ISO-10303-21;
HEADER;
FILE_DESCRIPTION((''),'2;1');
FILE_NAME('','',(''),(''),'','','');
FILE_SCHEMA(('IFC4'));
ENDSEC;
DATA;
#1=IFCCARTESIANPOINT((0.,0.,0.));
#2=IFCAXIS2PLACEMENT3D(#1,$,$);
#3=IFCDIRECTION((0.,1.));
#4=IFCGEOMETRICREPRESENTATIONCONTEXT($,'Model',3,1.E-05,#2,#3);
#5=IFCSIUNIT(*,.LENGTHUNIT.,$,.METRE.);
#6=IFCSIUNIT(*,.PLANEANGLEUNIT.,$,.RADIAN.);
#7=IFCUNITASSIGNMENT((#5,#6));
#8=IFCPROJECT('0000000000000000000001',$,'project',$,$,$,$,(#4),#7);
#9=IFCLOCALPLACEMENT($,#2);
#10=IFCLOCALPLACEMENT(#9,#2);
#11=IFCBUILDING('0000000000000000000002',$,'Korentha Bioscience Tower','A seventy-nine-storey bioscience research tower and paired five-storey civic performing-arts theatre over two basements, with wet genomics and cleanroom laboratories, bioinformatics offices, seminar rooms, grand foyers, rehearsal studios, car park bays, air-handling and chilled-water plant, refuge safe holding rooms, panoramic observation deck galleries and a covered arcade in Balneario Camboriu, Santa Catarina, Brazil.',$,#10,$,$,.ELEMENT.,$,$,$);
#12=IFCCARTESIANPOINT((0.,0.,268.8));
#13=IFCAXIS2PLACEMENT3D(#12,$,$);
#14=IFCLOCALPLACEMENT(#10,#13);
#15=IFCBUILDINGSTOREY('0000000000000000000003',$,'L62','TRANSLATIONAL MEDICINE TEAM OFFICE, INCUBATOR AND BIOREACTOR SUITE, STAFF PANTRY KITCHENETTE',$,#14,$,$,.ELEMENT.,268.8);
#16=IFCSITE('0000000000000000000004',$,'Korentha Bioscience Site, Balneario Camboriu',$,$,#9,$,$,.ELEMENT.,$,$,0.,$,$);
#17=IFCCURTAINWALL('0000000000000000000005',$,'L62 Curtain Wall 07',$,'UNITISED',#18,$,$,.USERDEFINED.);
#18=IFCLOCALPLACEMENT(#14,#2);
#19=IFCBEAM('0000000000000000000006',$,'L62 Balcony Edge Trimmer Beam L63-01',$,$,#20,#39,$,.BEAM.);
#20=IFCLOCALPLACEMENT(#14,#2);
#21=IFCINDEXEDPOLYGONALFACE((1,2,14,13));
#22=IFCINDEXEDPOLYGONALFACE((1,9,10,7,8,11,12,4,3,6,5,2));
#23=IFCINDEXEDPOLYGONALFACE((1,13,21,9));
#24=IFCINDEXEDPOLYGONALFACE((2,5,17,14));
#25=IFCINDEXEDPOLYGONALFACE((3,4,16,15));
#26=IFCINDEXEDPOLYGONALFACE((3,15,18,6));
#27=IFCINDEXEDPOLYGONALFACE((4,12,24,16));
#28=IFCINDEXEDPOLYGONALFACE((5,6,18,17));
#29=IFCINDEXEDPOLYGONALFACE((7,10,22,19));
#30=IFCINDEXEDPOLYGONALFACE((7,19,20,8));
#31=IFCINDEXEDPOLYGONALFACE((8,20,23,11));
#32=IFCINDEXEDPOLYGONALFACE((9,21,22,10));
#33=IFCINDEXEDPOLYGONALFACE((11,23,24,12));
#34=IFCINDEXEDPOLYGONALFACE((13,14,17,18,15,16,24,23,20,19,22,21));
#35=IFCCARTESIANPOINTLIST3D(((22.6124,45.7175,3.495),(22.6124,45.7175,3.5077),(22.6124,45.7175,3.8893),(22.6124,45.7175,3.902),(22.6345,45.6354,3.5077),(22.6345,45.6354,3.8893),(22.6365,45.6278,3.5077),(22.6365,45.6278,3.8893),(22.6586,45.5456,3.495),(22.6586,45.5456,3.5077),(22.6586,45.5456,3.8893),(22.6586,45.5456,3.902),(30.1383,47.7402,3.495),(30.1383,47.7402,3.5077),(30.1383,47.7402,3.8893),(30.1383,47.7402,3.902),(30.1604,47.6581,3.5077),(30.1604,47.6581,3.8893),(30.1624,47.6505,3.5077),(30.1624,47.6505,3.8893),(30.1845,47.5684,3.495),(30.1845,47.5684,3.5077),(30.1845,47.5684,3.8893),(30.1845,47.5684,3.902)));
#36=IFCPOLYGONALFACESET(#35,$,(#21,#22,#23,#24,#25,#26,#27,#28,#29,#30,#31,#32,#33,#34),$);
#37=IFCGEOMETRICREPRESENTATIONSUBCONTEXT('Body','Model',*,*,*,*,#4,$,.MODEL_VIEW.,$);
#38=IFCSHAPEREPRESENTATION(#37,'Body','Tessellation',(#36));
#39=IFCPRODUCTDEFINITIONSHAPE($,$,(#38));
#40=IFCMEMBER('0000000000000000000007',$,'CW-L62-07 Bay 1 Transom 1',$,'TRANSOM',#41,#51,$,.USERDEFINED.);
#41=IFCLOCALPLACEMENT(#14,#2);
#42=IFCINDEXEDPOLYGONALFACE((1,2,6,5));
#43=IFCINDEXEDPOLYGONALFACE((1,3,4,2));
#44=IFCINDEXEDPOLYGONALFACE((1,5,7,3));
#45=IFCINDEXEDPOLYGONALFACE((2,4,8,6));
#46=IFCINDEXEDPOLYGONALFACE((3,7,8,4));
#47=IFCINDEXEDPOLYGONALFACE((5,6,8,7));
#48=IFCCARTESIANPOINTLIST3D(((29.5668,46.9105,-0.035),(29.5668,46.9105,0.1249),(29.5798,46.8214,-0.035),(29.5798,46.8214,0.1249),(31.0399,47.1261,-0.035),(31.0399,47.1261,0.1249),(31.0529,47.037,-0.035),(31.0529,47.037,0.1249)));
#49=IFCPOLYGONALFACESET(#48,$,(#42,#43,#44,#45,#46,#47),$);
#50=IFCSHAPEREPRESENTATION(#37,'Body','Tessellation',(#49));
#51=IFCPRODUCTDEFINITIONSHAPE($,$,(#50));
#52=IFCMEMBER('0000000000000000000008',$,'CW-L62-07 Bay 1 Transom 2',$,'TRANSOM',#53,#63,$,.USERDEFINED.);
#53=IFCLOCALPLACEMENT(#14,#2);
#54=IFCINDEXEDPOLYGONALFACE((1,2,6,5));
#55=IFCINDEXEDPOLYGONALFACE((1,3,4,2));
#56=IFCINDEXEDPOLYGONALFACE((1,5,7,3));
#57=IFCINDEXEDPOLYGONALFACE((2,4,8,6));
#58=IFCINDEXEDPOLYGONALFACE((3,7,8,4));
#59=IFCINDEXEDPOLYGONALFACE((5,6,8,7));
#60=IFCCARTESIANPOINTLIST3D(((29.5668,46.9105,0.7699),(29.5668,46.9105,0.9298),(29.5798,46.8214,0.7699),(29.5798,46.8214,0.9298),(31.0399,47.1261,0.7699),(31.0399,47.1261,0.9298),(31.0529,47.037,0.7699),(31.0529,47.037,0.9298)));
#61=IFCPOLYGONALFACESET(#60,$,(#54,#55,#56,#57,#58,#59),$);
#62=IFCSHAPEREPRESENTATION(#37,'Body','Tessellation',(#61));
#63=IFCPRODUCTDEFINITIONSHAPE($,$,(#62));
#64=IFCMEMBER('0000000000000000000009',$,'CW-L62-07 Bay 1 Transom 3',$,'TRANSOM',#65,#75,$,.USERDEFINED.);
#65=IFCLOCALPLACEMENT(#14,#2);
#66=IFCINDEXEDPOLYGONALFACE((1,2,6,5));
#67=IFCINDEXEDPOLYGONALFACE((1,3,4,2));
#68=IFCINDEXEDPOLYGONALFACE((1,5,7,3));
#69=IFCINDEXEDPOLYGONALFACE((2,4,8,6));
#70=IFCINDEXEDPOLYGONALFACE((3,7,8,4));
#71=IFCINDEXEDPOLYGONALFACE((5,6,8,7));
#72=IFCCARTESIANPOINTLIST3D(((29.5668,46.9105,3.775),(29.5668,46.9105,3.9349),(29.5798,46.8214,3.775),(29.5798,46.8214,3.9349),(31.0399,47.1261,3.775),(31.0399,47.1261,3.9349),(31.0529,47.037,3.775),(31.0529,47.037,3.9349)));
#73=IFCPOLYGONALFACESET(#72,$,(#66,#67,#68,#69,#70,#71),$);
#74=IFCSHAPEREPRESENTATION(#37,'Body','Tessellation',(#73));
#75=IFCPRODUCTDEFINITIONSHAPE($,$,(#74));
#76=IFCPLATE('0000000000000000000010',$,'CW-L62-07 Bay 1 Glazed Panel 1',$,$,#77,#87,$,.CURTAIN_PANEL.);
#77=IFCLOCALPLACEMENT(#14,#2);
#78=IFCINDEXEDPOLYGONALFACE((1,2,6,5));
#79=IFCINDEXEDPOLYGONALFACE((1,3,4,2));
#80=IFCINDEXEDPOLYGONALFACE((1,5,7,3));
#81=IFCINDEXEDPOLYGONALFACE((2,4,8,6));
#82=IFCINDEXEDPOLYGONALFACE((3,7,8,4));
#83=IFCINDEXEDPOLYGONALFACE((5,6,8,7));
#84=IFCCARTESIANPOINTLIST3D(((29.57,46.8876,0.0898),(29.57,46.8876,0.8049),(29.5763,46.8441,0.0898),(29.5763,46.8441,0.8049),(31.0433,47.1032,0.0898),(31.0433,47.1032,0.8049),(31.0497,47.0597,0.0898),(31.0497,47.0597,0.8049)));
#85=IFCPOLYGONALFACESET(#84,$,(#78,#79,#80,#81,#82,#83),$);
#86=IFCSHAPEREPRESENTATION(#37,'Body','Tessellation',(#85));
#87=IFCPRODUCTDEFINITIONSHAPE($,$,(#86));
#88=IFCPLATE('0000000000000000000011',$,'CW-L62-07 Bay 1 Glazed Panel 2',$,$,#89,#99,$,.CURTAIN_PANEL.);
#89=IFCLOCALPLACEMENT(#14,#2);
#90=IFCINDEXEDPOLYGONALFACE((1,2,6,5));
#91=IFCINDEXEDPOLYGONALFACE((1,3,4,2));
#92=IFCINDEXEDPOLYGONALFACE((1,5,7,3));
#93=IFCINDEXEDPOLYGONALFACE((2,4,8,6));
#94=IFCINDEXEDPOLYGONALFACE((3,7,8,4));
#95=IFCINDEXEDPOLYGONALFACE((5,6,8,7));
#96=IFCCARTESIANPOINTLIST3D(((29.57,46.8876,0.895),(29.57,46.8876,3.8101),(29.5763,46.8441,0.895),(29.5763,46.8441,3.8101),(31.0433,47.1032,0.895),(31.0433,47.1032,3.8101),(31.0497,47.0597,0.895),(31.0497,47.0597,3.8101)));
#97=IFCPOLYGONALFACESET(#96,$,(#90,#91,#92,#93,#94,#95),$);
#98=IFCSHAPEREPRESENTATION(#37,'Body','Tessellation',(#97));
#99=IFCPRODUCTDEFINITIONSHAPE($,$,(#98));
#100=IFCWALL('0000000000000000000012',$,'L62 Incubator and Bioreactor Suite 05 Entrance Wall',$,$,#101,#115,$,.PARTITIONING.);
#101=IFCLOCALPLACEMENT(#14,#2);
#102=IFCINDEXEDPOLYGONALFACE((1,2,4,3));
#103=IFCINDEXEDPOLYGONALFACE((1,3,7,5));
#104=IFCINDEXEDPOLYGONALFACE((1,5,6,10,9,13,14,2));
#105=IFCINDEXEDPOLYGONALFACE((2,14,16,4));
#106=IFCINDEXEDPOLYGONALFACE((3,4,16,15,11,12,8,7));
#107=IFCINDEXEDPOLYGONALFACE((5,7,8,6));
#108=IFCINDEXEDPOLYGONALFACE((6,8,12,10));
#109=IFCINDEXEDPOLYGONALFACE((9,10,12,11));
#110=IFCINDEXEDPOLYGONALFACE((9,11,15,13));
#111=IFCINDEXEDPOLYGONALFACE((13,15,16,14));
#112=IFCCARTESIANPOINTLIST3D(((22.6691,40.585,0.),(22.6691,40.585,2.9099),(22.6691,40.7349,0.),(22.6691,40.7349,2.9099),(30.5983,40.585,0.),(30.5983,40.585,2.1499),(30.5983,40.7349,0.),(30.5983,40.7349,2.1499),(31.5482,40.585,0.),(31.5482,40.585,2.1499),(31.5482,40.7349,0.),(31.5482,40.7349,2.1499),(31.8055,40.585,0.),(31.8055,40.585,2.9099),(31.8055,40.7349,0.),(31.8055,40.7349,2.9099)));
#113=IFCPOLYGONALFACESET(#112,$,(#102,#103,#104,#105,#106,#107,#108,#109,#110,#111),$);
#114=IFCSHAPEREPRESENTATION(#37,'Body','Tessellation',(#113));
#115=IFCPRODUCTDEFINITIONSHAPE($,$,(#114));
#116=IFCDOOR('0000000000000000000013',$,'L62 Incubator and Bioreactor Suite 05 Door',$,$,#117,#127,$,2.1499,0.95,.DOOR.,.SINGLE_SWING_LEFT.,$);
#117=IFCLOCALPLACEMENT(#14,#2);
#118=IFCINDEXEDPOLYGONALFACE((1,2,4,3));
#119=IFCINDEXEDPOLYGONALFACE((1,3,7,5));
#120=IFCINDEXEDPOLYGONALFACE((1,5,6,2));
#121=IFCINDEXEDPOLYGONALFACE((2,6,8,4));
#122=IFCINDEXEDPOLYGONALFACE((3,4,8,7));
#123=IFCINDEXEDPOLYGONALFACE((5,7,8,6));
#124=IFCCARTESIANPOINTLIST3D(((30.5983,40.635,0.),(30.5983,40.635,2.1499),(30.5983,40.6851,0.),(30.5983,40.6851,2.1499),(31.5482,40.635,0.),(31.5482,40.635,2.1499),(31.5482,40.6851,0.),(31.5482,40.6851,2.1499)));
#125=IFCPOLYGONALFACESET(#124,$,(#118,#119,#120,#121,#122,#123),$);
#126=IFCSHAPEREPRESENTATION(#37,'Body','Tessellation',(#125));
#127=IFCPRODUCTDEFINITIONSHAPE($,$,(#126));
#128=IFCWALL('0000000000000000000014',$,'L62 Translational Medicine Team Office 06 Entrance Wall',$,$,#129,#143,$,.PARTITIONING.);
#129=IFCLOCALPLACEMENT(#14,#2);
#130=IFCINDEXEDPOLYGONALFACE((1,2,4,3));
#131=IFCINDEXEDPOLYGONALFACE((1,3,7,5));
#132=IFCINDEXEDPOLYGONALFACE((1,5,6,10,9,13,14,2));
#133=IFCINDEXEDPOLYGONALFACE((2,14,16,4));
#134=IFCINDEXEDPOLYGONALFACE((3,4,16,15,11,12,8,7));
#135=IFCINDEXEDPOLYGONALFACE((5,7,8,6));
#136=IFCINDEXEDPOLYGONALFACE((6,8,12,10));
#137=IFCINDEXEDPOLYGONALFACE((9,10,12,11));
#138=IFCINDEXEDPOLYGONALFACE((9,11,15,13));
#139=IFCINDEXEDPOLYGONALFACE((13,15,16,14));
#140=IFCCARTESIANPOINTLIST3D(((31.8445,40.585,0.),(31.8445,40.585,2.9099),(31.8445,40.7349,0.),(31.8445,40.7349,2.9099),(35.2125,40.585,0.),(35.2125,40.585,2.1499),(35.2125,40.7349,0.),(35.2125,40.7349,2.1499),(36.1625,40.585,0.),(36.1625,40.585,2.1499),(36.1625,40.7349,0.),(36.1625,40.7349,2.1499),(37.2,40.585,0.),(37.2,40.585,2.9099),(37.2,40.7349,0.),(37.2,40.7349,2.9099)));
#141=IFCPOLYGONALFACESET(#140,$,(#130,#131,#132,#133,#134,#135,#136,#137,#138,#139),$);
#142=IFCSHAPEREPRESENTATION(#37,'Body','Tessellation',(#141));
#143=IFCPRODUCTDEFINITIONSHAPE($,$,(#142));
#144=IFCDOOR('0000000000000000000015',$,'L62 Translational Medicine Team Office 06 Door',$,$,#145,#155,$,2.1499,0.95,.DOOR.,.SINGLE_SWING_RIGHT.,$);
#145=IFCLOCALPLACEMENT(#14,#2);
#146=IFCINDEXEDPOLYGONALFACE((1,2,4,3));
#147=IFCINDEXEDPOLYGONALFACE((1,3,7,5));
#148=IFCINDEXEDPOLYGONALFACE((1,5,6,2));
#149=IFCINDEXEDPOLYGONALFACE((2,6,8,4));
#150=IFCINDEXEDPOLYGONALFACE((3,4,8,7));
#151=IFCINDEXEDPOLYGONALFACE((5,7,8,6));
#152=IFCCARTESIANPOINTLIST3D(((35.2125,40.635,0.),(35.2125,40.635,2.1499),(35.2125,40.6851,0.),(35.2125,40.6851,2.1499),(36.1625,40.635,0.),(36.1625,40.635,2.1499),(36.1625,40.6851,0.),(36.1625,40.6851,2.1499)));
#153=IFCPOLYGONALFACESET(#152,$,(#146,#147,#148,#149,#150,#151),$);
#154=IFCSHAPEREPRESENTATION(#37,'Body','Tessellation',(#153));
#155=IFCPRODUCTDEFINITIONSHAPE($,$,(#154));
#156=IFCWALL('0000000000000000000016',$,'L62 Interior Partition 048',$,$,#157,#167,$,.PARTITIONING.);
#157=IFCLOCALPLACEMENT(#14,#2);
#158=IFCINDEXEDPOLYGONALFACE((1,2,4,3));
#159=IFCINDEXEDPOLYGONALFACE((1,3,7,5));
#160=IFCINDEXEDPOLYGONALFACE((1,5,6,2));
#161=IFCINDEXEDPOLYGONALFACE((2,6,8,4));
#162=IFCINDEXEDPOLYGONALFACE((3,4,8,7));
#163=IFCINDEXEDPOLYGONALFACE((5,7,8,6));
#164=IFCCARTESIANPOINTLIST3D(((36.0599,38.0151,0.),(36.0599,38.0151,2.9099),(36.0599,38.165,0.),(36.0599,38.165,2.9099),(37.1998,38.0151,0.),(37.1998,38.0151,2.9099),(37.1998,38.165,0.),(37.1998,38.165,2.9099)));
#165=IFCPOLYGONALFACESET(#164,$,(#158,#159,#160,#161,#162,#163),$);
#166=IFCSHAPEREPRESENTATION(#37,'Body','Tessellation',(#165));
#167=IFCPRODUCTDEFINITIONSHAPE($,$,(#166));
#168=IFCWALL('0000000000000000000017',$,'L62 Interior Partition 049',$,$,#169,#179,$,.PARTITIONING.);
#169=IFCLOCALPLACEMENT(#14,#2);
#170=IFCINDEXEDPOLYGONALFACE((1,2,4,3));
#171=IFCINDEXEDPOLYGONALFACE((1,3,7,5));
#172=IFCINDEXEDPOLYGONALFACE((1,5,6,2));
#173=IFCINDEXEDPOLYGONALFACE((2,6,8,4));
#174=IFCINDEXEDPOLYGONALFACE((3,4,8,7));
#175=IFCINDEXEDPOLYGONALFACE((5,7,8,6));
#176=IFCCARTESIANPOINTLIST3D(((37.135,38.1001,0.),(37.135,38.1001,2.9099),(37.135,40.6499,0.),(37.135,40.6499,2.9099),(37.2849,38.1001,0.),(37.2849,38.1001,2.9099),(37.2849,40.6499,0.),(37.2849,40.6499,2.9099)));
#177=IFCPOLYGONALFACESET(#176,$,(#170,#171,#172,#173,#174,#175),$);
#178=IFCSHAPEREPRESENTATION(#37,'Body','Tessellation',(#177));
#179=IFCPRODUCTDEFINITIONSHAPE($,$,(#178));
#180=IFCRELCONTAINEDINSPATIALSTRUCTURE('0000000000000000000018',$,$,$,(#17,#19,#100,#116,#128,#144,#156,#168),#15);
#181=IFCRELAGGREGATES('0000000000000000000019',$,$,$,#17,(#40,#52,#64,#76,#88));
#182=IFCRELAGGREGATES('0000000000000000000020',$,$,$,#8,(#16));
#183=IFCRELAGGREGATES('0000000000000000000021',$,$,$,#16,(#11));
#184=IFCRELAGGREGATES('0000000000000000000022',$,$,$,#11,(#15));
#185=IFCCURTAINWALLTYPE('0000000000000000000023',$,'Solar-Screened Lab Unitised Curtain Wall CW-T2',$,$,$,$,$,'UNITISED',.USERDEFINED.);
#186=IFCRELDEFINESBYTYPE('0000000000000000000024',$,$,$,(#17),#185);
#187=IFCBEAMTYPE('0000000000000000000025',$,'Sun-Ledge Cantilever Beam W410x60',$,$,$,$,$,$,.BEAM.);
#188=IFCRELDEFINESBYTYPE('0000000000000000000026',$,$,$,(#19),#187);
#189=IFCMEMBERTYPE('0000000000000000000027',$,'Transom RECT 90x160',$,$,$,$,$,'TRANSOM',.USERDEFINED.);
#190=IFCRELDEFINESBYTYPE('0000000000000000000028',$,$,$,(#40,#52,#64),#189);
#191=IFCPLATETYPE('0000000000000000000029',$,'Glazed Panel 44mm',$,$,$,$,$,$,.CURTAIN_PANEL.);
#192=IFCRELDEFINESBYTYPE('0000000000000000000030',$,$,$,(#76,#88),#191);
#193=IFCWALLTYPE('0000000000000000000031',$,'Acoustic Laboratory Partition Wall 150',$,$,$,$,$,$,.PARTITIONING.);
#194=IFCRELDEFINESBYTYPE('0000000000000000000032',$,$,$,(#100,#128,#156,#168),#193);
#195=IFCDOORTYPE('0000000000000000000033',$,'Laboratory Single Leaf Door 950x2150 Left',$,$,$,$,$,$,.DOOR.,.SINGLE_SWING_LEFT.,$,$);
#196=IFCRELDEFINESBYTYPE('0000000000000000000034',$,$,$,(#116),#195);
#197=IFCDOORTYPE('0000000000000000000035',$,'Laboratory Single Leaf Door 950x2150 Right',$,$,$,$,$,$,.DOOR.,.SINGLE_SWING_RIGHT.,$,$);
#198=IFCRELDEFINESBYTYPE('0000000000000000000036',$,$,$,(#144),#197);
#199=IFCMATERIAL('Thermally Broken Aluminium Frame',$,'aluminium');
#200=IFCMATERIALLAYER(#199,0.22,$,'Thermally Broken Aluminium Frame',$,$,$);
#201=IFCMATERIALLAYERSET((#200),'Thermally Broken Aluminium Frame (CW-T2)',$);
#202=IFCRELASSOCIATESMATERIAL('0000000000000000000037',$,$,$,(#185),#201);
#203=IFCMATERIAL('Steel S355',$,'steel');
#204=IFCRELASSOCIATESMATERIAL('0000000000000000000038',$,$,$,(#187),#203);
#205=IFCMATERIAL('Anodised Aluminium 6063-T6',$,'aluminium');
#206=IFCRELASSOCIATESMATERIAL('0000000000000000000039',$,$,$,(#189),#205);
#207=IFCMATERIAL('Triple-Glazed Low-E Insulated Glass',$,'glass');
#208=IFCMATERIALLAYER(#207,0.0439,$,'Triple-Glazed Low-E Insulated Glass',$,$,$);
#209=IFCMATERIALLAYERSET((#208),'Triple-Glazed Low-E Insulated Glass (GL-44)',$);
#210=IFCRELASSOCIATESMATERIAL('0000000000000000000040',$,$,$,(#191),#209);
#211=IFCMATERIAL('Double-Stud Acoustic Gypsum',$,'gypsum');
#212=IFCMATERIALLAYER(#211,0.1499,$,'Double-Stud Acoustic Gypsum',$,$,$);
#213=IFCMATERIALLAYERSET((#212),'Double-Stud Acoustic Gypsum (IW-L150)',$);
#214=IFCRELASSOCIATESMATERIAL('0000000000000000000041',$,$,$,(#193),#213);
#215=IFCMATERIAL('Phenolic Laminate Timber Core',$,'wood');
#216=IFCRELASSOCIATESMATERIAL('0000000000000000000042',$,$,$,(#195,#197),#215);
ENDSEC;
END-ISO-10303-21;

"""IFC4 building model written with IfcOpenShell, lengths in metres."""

from ifc_helpers import new_model, si_unit, direction, frame, frame_2d, origin, origin_2d, place, context, subcontext, project, spatial, rectangle, i_section, extrude, material, layer, layer_set, material_profile, profile_set, type_object, element, fill, aggregate, save


model = new_model("IFC4")

# Units and contexts
model_context = context("Model", 3, precision=1e-05, world=origin(), true_north=direction((0.0, 1.0)))
body_context = subcontext(model_context, "Body", "Model", "MODEL_VIEW")
ifc_project = project(units=[si_unit("LENGTHUNIT", "METRE"), si_unit("PLANEANGLEUNIT", "RADIAN")], contexts=[model_context])

# Site, building, storey
site_placement = place(None, origin())
site = spatial("IfcSite", under=ifc_project, at=site_placement, Name="Korentha Bioscience Site, Balneario Camboriu", CompositionType="ELEMENT", RefElevation=0.0)
building_placement = place(site_placement, origin())
building = spatial("IfcBuilding", under=site, at=building_placement, Name="Korentha Bioscience Tower", Description="A seventy-nine-storey bioscience research tower and paired five-storey civic performing-arts theatre over two basements, with wet genomics and cleanroom laboratories, bioinformatics offices, seminar rooms, grand foyers, rehearsal studios, car park bays, air-handling and chilled-water plant, refuge safe holding rooms, panoramic observation deck galleries and a covered arcade in Balneario Camboriu, Santa Catarina, Brazil.", CompositionType="ELEMENT")
storey_placement = place(building_placement, frame((0.0, 0.0, 268.8)))
storey = spatial("IfcBuildingStorey", under=building, at=storey_placement, Name="L62", Description="TRANSLATIONAL MEDICINE TEAM OFFICE, INCUBATOR AND BIOREACTOR SUITE, STAFF PANTRY KITCHENETTE", CompositionType="ELEMENT", Elevation=268.8)

# Shared definitions
ifc_material_1 = material(Name="Steel S355", Category="steel")

# Curtain wall
ifc_material_2 = material(Name="Thermally Broken Aluminium Frame", Category="aluminium")
ifc_layer_1 = layer(ifc_material_2, 0.22, Name="Thermally Broken Aluminium Frame")
ifc_layer_set_1 = layer_set([ifc_layer_1], Name="Thermally Broken Aluminium Frame (CW-T2)")
curtain_wall_type = type_object("IfcCurtainWallType", Name="Solar-Screened Lab Unitised Curtain Wall CW-T2", ElementType="UNITISED", PredefinedType="USERDEFINED", material=ifc_layer_set_1)
curtain_wall_placement = place(storey_placement, origin())
curtain_wall = element("IfcCurtainWall", 1, at=curtain_wall_placement, inside=storey, type_object=curtain_wall_type, Name="L62 Curtain Wall 07", ObjectType="UNITISED", PredefinedType="USERDEFINED")
ifc_material_3 = material(Name="Anodised Aluminium 6063-T6", Category="aluminium")

# Beam
ifc_material_profile_1 = material_profile(ifc_material_1, i_section(OverallWidth=0.178, OverallDepth=0.407, WebThickness=0.0078, FlangeThickness=0.0127, at=origin_2d()), Name="Steel S355")
ifc_profile_set_1 = profile_set([ifc_material_profile_1], Name="Steel S355 (CB-410)")
beam_type_1 = type_object("IfcBeamType", Name="Sun-Ledge Cantilever Beam W410x60", PredefinedType="BEAM", material=ifc_profile_set_1)
beam_1_placement = place(storey_placement, frame((30.1614, 47.6543, 3.6985), z_axis=(-0.965728, -0.259556, 0.0), x_axis=(0.259556, -0.965728, 0.0)))
element("IfcBeam", 2, at=beam_1_placement, inside=storey, type_object=beam_type_1, Name="L62 Balcony Edge Trimmer Beam L63-01", PredefinedType="BEAM", context=body_context, shape_type="SweptSolid", body=[
    extrude(i_section(OverallWidth=0.178, OverallDepth=0.407, WebThickness=0.0078, FlangeThickness=0.0127, at=origin_2d()), origin(), (0.0, 0.0, 1.0), 7.793),
])

# Members
ifc_material_profile_2 = material_profile(ifc_material_3, rectangle(XDim=0.0901, YDim=0.1599, at=origin_2d()), Name="Anodised Aluminium 6063-T6")
ifc_profile_set_2 = profile_set([ifc_material_profile_2], Name="Anodised Aluminium 6063-T6 (CW-TRN)")
member_type_1 = type_object("IfcMemberType", Name="Transom RECT 90x160", ElementType="TRANSOM", PredefinedType="USERDEFINED", material=ifc_profile_set_2)
member_1_placement = place(storey_placement, frame((31.0464, 47.0815, 0.0449), z_axis=(-0.989462, -0.144795, 0.0), x_axis=(0.144795, -0.989462, 0.0)))
member_1 = element("IfcMember", 3, at=member_1_placement, type_object=member_type_1, Name="CW-L62-07 Bay 1 Transom 1", ObjectType="TRANSOM", PredefinedType="USERDEFINED", context=body_context, shape_type="SweptSolid", body=[
    extrude(rectangle(XDim=0.0901, YDim=0.1599, at=origin_2d()), origin(), (0.0, 0.0, 1.0), 1.4888),
])
member_2_placement = place(storey_placement, frame((31.0464, 47.0815, 0.8499), z_axis=(-0.989462, -0.144795, 0.0), x_axis=(0.144795, -0.989462, 0.0)))
member_2 = element("IfcMember", 4, at=member_2_placement, type_object=member_type_1, Name="CW-L62-07 Bay 1 Transom 2", ObjectType="TRANSOM", PredefinedType="USERDEFINED", context=body_context, shape_type="SweptSolid", body=[
    extrude(rectangle(XDim=0.0901, YDim=0.1599, at=origin_2d()), origin(), (0.0, 0.0, 1.0), 1.4888),
])
member_3_placement = place(storey_placement, frame((31.0464, 47.0815, 3.855), z_axis=(-0.989462, -0.144795, 0.0), x_axis=(0.144795, -0.989462, 0.0)))
member_3 = element("IfcMember", 5, at=member_3_placement, type_object=member_type_1, Name="CW-L62-07 Bay 1 Transom 3", ObjectType="TRANSOM", PredefinedType="USERDEFINED", context=body_context, shape_type="SweptSolid", body=[
    extrude(rectangle(XDim=0.0901, YDim=0.1599, at=origin_2d()), origin(), (0.0, 0.0, 1.0), 1.4888),
])

# Plates
ifc_material_4 = material(Name="Triple-Glazed Low-E Insulated Glass", Category="glass")
ifc_layer_2 = layer(ifc_material_4, 0.0439, Name="Triple-Glazed Low-E Insulated Glass")
ifc_layer_set_2 = layer_set([ifc_layer_2], Name="Triple-Glazed Low-E Insulated Glass (GL-44)")
plate_type = type_object("IfcPlateType", Name="Glazed Panel 44mm", PredefinedType="CURTAIN_PANEL", material=ifc_layer_set_2)
plate_1_placement = place(storey_placement, frame((30.3098, 46.9736, 0.0898), z_axis=(0.0, 0.0, 1.0), x_axis=(-0.98946, -0.144809, 0.0)))
plate_1 = element("IfcPlate", 6, at=plate_1_placement, type_object=plate_type, Name="CW-L62-07 Bay 1 Glazed Panel 1", PredefinedType="CURTAIN_PANEL", context=body_context, shape_type="SweptSolid", body=[
    extrude(rectangle(XDim=1.489, YDim=0.0439, at=origin_2d()), origin(), (0.0, 0.0, 1.0), 0.7151),
])
plate_2_placement = place(storey_placement, frame((30.3098, 46.9736, 0.895), z_axis=(0.0, 0.0, 1.0), x_axis=(-0.98946, -0.144809, 0.0)))
plate_2 = element("IfcPlate", 7, at=plate_2_placement, type_object=plate_type, Name="CW-L62-07 Bay 1 Glazed Panel 2", PredefinedType="CURTAIN_PANEL", context=body_context, shape_type="SweptSolid", body=[
    extrude(rectangle(XDim=1.489, YDim=0.0439, at=origin_2d()), origin(), (0.0, 0.0, 1.0), 2.915),
])
aggregate(curtain_wall, [member_1, member_2, member_3, plate_1, plate_2])

# Walls, openings, doors
ifc_material_5 = material(Name="Double-Stud Acoustic Gypsum", Category="gypsum")
ifc_layer_3 = layer(ifc_material_5, 0.1499, Name="Double-Stud Acoustic Gypsum")
ifc_layer_set_3 = layer_set([ifc_layer_3], Name="Double-Stud Acoustic Gypsum (IW-L150)")
wall_type_1 = type_object("IfcWallType", Name="Acoustic Laboratory Partition Wall 150", PredefinedType="PARTITIONING", material=ifc_layer_set_3)
wall_1_placement = place(storey_placement, frame((31.8057, 40.6599, 0.0), z_axis=(0.0, 0.0, 1.0), x_axis=(-1.0, 0.0, 0.0)))
wall_1 = element("IfcWall", 8, at=wall_1_placement, inside=storey, type_object=wall_type_1, Name="L62 Incubator and Bioreactor Suite 05 Entrance Wall", PredefinedType="PARTITIONING", context=body_context, shape_type="SweptSolid", body=[
    extrude(rectangle(XDim=9.1365, YDim=0.1499, at=frame_2d((4.5684, 0.0))), origin(), (0.0, 0.0, 1.0), 2.9099),
])
opening_1_placement = place(wall_1_placement, frame((0.2573, 0.0, 0.0)))
opening_1 = element("IfcOpeningElement", 9, at=opening_1_placement, cuts=wall_1, PredefinedType="OPENING", context=body_context, shape_type="SweptSolid", body=[
    extrude(rectangle(XDim=0.95, YDim=2.1499, at=frame_2d((0.4751, 1.075))), frame((0.0, 0.0898, 0.0), z_axis=(0.0, -1.0, 0.0), x_axis=(1.0, 0.0, 0.0)), (0.0, 0.0, 1.0), 0.1797),
])
ifc_material_6 = material(Name="Phenolic Laminate Timber Core", Category="wood")
door_type_1 = type_object("IfcDoorType", Name="Laboratory Single Leaf Door 950x2150 Left", OperationType="SINGLE_SWING_LEFT", PredefinedType="DOOR", material=ifc_material_6)
door_1_placement = place(opening_1_placement, origin())
door_1 = element("IfcDoor", 10, at=door_1_placement, inside=storey, type_object=door_type_1, Name="L62 Incubator and Bioreactor Suite 05 Door", OperationType="SINGLE_SWING_LEFT", OverallHeight=2.1499, OverallWidth=0.95, PredefinedType="DOOR", context=body_context, shape_type="SweptSolid", body=[
    extrude(rectangle(XDim=0.95, YDim=2.1499, at=frame_2d((0.4751, 1.075))), frame((0.0, 0.0249, 0.0), z_axis=(0.0, -1.0, 0.0), x_axis=(1.0, 0.0, 0.0)), (0.0, 0.0, 1.0), 0.05),
])
fill(opening_1, door_1)
wall_2_placement = place(storey_placement, frame((37.2, 40.6599, 0.0), z_axis=(0.0, 0.0, 1.0), x_axis=(-1.0, 0.0, 0.0)))
wall_2 = element("IfcWall", 11, at=wall_2_placement, inside=storey, type_object=wall_type_1, Name="L62 Translational Medicine Team Office 06 Entrance Wall", PredefinedType="PARTITIONING", context=body_context, shape_type="SweptSolid", body=[
    extrude(rectangle(XDim=5.3555, YDim=0.1499, at=frame_2d((2.6777, 0.0))), origin(), (0.0, 0.0, 1.0), 2.9099),
])
opening_2_placement = place(wall_2_placement, frame((1.0374, 0.0, 0.0)))
opening_2 = element("IfcOpeningElement", 12, at=opening_2_placement, cuts=wall_2, PredefinedType="OPENING", context=body_context, shape_type="SweptSolid", body=[
    extrude(rectangle(XDim=0.95, YDim=2.1499, at=frame_2d((0.4751, 1.075))), frame((0.0, 0.0898, 0.0), z_axis=(0.0, -1.0, 0.0), x_axis=(1.0, 0.0, 0.0)), (0.0, 0.0, 1.0), 0.1797),
])
door_type_2 = type_object("IfcDoorType", Name="Laboratory Single Leaf Door 950x2150 Right", OperationType="SINGLE_SWING_RIGHT", PredefinedType="DOOR", material=ifc_material_6)
door_2_placement = place(opening_2_placement, origin())
door_2 = element("IfcDoor", 13, at=door_2_placement, inside=storey, type_object=door_type_2, Name="L62 Translational Medicine Team Office 06 Door", OperationType="SINGLE_SWING_RIGHT", OverallHeight=2.1499, OverallWidth=0.95, PredefinedType="DOOR", context=body_context, shape_type="SweptSolid", body=[
    extrude(rectangle(XDim=0.95, YDim=2.1499, at=frame_2d((0.4751, 1.075))), frame((0.0, 0.0249, 0.0), z_axis=(0.0, -1.0, 0.0), x_axis=(1.0, 0.0, 0.0)), (0.0, 0.0, 1.0), 0.05),
])
fill(opening_2, door_2)

# Walls
wall_3_placement = place(storey_placement, frame((36.0601, 38.0901, 0.0), z_axis=(0.0, 0.0, 1.0), x_axis=(1.0, 0.0, 0.0)))
element("IfcWall", 14, at=wall_3_placement, inside=storey, type_object=wall_type_1, Name="L62 Interior Partition 048", PredefinedType="PARTITIONING", context=body_context, shape_type="SweptSolid", body=[
    extrude(rectangle(XDim=1.1399, YDim=0.1499, at=frame_2d((0.5698, 0.0))), origin(), (0.0, 0.0, 1.0), 2.9099),
])
wall_4_placement = place(storey_placement, frame((37.21, 38.1001, 0.0), z_axis=(0.0, 0.0, 1.0), x_axis=(0.0, 1.0, 0.0)))
element("IfcWall", 15, at=wall_4_placement, inside=storey, type_object=wall_type_1, Name="L62 Interior Partition 049", PredefinedType="PARTITIONING", context=body_context, shape_type="SweptSolid", body=[
    extrude(rectangle(XDim=2.5498, YDim=0.1499, at=frame_2d((1.2749, 0.0))), origin(), (0.0, 0.0, 1.0), 2.9099),
])

save(model, "model.ifc")
